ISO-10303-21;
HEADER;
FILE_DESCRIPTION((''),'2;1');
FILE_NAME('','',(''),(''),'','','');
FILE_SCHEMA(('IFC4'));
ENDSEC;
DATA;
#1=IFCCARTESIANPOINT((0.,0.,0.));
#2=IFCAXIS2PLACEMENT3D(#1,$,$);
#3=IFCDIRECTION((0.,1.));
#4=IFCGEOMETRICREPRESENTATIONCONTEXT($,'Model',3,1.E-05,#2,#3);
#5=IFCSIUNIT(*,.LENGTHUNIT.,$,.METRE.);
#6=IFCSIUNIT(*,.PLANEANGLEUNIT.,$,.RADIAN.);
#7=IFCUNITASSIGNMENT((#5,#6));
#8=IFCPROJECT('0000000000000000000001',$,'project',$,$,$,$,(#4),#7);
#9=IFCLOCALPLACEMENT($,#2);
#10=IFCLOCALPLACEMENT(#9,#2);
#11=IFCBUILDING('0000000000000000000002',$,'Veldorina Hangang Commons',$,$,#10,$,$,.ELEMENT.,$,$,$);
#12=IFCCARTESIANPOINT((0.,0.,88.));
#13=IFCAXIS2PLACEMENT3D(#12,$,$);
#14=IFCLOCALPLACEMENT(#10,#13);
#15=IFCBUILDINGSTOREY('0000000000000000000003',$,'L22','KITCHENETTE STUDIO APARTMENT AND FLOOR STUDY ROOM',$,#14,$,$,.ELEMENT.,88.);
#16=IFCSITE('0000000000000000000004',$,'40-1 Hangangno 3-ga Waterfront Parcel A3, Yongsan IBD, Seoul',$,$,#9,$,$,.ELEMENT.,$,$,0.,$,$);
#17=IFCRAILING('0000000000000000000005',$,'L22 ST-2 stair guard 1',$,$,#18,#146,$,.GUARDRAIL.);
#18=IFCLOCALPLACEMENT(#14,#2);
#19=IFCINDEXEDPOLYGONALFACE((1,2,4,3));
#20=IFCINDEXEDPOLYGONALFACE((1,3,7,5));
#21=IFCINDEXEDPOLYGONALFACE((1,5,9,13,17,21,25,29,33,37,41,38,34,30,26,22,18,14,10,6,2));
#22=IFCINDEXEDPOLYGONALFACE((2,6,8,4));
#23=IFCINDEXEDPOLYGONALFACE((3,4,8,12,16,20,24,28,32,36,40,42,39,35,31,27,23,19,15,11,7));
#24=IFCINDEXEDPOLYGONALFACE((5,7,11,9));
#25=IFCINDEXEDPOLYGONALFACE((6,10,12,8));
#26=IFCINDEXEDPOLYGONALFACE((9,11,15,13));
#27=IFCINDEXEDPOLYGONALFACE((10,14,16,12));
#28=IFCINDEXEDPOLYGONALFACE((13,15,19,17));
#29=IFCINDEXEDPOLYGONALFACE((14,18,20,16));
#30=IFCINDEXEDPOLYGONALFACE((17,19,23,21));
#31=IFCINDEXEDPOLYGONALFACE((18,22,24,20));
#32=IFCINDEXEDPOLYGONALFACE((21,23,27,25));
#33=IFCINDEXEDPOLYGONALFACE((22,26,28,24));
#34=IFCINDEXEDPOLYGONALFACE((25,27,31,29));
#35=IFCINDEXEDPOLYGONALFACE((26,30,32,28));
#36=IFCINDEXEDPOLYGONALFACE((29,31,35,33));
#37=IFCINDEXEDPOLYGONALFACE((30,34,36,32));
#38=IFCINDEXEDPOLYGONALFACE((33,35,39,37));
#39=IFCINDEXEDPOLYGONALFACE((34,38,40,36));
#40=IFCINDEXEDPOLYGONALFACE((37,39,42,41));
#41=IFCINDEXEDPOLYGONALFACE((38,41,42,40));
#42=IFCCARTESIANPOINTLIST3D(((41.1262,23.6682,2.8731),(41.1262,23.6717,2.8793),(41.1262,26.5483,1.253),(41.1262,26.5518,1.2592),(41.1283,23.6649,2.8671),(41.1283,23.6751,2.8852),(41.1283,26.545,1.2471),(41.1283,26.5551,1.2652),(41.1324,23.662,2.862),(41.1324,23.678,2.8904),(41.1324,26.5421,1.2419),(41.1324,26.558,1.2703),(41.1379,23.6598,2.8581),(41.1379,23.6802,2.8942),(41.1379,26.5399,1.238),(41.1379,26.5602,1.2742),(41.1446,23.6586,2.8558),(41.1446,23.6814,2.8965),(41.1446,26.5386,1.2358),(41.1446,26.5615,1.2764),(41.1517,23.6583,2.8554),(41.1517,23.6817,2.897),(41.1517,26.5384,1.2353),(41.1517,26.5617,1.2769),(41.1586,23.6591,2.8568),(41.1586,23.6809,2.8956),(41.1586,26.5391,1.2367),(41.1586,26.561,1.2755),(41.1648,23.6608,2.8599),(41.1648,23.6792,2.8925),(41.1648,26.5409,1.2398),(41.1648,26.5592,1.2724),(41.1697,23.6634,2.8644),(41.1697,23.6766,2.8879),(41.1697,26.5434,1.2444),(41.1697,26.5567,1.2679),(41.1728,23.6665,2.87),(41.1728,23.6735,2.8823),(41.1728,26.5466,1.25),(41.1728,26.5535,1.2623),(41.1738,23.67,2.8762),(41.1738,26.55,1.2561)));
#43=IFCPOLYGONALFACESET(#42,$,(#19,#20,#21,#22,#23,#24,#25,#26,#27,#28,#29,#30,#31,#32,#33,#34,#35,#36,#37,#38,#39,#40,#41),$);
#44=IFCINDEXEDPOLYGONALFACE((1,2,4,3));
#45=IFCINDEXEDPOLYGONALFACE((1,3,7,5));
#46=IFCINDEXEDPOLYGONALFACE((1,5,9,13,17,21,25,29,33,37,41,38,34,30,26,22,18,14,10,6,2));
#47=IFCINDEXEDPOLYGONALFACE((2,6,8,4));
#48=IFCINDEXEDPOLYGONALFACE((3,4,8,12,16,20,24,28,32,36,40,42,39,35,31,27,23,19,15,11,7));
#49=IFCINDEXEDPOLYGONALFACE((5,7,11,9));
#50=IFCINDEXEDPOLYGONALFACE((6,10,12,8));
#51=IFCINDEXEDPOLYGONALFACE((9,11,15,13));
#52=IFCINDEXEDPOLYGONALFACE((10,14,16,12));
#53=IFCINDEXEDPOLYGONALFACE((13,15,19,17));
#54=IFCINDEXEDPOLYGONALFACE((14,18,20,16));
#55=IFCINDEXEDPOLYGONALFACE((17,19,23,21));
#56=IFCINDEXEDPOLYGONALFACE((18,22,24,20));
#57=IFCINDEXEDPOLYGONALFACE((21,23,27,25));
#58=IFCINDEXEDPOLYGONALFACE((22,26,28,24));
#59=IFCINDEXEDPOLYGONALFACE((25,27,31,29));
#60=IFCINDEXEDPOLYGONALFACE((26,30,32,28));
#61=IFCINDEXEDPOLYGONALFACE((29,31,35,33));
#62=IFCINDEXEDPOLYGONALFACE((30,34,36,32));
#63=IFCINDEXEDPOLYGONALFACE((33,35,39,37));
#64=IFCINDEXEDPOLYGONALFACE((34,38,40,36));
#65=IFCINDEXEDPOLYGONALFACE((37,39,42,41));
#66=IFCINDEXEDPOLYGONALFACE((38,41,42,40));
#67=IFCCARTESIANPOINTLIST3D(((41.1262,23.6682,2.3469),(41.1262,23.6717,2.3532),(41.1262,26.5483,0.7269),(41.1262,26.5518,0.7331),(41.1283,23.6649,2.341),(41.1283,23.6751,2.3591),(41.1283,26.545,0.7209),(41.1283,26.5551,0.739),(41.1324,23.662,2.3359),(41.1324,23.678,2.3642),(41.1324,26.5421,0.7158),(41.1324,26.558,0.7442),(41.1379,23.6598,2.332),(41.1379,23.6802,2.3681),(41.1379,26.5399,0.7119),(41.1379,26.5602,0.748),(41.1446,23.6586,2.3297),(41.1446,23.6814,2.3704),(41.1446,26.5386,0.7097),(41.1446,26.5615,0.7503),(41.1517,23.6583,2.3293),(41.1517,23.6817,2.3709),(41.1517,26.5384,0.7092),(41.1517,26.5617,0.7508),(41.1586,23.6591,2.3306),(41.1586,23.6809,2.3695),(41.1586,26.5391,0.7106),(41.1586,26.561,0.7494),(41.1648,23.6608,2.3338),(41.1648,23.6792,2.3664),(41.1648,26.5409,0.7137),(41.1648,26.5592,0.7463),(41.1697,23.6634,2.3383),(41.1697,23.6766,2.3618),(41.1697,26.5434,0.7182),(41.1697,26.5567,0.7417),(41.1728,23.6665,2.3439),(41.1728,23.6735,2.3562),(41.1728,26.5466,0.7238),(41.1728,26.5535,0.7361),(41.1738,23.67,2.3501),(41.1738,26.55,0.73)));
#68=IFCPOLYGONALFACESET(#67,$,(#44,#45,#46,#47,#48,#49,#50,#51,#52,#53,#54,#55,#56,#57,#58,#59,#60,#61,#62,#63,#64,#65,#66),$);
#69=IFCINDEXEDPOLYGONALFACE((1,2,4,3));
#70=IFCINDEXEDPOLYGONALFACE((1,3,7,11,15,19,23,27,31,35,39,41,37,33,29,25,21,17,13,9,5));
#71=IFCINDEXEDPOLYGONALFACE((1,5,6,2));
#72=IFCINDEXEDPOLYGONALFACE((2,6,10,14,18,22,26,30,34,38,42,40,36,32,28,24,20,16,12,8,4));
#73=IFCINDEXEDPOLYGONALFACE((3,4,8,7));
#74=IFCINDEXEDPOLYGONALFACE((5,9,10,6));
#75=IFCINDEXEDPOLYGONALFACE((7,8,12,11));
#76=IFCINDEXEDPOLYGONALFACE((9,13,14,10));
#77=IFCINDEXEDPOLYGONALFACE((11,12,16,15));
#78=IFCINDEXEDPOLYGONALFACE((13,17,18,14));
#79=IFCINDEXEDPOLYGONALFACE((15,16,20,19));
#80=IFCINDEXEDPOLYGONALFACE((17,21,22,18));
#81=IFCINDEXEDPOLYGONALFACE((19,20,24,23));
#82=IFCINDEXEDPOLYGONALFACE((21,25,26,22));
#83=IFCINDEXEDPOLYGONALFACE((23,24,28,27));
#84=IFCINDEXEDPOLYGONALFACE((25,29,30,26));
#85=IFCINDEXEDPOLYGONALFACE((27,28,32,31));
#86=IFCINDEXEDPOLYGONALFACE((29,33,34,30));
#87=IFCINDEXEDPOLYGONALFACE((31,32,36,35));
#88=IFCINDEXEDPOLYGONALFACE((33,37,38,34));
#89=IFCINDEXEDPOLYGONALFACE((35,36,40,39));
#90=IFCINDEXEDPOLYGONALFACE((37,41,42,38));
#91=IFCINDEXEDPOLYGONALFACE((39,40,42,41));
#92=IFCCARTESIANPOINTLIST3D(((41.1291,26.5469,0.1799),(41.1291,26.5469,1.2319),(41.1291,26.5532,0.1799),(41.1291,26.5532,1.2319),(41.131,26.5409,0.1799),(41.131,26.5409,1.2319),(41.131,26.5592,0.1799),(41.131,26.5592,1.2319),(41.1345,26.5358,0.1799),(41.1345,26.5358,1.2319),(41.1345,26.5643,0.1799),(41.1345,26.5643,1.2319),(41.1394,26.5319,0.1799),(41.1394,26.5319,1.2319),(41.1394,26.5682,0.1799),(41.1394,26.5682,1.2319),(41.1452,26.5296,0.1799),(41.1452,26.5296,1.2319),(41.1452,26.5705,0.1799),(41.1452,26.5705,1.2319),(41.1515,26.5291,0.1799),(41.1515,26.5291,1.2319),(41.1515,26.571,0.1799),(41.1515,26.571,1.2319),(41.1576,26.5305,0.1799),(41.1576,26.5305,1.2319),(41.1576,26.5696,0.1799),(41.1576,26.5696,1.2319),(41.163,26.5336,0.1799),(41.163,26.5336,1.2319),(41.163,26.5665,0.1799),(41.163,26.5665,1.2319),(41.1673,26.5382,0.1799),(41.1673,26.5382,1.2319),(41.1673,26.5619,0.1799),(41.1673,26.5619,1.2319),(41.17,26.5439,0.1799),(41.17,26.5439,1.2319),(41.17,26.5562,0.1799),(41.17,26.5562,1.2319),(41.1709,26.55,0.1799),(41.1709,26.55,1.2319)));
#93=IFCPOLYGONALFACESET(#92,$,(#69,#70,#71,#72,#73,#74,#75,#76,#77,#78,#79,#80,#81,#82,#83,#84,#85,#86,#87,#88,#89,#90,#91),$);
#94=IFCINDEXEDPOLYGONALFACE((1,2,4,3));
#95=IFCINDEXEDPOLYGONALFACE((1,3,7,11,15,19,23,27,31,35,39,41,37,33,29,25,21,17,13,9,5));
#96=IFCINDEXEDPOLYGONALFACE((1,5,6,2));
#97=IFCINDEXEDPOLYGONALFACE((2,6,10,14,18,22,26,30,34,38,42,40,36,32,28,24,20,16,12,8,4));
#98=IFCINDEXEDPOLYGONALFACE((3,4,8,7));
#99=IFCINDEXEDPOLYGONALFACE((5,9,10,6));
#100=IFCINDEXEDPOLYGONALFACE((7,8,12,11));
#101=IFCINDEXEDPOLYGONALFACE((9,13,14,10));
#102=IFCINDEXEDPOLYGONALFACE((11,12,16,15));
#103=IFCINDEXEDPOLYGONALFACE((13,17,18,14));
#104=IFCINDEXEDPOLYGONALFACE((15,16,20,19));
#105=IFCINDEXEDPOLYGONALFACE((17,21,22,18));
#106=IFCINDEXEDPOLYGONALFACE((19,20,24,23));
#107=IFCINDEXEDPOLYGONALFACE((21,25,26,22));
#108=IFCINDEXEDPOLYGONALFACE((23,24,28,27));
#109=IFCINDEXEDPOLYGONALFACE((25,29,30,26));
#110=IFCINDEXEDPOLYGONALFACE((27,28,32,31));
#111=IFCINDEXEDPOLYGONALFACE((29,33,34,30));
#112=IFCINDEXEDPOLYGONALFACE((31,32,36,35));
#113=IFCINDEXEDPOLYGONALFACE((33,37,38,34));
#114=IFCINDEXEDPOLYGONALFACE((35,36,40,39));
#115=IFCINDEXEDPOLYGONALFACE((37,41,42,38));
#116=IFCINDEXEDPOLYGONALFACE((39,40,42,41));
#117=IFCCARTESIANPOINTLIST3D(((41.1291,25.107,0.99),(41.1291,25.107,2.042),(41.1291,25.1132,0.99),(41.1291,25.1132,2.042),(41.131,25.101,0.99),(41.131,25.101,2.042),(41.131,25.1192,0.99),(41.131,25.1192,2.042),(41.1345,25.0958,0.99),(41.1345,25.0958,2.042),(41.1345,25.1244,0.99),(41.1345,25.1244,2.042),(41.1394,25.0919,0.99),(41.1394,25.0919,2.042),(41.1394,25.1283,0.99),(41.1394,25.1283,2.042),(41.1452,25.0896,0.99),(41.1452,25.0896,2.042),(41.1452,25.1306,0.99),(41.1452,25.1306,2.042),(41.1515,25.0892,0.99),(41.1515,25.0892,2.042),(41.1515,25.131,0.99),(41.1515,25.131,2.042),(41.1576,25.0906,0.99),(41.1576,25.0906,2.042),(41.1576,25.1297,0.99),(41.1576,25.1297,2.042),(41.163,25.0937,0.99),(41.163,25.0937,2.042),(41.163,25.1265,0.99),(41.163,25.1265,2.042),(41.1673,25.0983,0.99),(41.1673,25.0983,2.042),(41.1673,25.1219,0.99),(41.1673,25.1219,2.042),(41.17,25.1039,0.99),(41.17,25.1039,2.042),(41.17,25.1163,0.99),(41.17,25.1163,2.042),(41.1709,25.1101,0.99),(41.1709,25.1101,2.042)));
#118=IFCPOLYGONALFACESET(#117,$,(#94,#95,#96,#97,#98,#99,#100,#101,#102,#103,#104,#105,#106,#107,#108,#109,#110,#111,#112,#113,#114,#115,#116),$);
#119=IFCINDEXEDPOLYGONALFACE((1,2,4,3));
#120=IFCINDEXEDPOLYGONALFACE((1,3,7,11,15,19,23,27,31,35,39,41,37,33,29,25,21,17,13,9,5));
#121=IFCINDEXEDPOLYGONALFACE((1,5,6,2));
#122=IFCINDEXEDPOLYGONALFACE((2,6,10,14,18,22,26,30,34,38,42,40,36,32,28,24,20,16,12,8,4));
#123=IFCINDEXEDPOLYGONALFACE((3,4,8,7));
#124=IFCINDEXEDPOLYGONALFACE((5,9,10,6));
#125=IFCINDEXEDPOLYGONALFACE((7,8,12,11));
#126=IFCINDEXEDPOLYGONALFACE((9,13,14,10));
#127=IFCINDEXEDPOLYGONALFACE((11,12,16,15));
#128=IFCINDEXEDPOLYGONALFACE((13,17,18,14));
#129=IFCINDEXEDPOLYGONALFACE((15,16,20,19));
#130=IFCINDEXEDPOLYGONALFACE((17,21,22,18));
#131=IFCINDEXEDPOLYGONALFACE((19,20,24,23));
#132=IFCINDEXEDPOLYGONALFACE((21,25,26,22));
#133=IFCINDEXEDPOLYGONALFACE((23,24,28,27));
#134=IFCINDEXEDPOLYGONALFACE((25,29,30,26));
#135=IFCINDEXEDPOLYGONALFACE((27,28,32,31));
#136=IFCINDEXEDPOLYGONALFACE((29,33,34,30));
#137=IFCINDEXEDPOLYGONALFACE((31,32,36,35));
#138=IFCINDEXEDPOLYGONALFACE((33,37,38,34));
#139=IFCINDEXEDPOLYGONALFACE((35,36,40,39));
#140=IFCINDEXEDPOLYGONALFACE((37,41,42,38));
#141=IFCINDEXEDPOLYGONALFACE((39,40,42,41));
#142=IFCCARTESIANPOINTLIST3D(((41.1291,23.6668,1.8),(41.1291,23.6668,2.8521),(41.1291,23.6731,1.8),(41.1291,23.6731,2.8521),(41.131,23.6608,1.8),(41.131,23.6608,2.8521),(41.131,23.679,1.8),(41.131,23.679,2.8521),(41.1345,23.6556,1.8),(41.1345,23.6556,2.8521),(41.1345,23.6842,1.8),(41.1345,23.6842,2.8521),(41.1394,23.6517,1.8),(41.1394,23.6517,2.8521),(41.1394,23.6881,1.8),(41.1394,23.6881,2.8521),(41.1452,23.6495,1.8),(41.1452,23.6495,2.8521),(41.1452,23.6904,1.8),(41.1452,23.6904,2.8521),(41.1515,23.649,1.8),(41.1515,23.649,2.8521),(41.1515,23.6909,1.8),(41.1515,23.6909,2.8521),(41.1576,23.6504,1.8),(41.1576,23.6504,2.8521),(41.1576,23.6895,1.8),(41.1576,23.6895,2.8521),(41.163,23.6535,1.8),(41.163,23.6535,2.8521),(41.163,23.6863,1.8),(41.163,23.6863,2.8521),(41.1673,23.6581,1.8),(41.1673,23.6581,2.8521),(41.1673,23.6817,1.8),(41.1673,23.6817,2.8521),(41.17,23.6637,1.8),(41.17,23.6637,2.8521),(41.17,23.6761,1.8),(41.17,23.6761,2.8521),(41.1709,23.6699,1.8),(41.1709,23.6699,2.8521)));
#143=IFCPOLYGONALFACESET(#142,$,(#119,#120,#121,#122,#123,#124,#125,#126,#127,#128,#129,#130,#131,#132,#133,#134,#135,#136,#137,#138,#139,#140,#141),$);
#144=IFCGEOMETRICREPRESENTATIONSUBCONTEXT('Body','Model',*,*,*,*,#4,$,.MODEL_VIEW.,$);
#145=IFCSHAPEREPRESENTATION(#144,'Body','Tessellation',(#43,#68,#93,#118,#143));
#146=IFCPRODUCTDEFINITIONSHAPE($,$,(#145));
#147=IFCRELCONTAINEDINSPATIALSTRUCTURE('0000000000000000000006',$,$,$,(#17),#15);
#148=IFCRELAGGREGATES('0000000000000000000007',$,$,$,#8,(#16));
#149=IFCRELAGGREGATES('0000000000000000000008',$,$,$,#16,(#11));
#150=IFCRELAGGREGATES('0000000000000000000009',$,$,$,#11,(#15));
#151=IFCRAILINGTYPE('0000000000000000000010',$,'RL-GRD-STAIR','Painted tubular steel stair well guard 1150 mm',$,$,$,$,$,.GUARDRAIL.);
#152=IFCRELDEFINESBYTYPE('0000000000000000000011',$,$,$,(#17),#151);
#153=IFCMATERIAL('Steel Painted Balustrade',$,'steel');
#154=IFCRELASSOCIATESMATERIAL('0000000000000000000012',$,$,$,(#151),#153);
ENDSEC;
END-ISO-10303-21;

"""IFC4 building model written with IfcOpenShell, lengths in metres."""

from ifc_helpers import new_model, si_unit, direction, frame, origin, origin_2d, place, context, subcontext, project, spatial, circle, extrude, material, type_object, element, save


model = new_model("IFC4")

# Units and contexts
model_context = context("Model", 3, precision=1e-05, world=origin(), true_north=direction((0.0, 1.0)))
body_context = subcontext(model_context, "Body", "Model", "MODEL_VIEW")
ifc_project = project(units=[si_unit("LENGTHUNIT", "METRE"), si_unit("PLANEANGLEUNIT", "RADIAN")], contexts=[model_context])

# Site, building, storey
site_placement = place(None, origin())
site = spatial("IfcSite", under=ifc_project, at=site_placement, Name="40-1 Hangangno 3-ga Waterfront Parcel A3, Yongsan IBD, Seoul", CompositionType="ELEMENT", RefElevation=0.0)
building_placement = place(site_placement, origin())
building = spatial("IfcBuilding", under=site, at=building_placement, Name="Veldorina Hangang Commons", CompositionType="ELEMENT")
storey_placement = place(building_placement, frame((0.0, 0.0, 88.0)))
storey = spatial("IfcBuildingStorey", under=building, at=storey_placement, Name="L22", Description="KITCHENETTE STUDIO APARTMENT AND FLOOR STUDY ROOM", CompositionType="ELEMENT", Elevation=88.0)

# Railing
ifc_material_1 = material(Name="Steel Painted Balustrade", Category="steel")
railing_type_1 = type_object("IfcRailingType", Name="RL-GRD-STAIR", Description="Painted tubular steel stair well guard 1150 mm", PredefinedType="GUARDRAIL", material=ifc_material_1)
railing_1_placement = place(storey_placement, frame((41.1499, 26.55, 0.1799)))
element("IfcRailing", 1, at=railing_1_placement, inside=storey, type_object=railing_type_1, Name="L22 ST-2 stair guard 1", PredefinedType="GUARDRAIL", context=body_context, shape_type="SweptSolid", body=[
    extrude(circle(Radius=0.0239, at=origin_2d()), frame((0.0, 0.0, 1.0762), z_axis=(0.0, -0.87157, 0.490272), x_axis=(1.0, 0.0, 0.0)), (0.0, 0.0, 1.0), 3.3044),
    extrude(circle(Radius=0.0239, at=origin_2d()), frame((0.0, 0.0, 0.55), z_axis=(0.0, -0.87157, 0.490272), x_axis=(1.0, 0.0, 0.0)), (0.0, 0.0, 1.0), 3.3044),
    extrude(circle(Radius=0.021, at=origin_2d()), origin(), (0.0, 0.0, 1.0), 1.052),
    extrude(circle(Radius=0.021, at=origin_2d()), frame((0.0, -1.4399, 0.8101)), (0.0, 0.0, 1.0), 1.052),
    extrude(circle(Radius=0.021, at=origin_2d()), frame((0.0, -2.8801, 1.6201)), (0.0, 0.0, 1.0), 1.052),
])

save(model, "model.ifc")
